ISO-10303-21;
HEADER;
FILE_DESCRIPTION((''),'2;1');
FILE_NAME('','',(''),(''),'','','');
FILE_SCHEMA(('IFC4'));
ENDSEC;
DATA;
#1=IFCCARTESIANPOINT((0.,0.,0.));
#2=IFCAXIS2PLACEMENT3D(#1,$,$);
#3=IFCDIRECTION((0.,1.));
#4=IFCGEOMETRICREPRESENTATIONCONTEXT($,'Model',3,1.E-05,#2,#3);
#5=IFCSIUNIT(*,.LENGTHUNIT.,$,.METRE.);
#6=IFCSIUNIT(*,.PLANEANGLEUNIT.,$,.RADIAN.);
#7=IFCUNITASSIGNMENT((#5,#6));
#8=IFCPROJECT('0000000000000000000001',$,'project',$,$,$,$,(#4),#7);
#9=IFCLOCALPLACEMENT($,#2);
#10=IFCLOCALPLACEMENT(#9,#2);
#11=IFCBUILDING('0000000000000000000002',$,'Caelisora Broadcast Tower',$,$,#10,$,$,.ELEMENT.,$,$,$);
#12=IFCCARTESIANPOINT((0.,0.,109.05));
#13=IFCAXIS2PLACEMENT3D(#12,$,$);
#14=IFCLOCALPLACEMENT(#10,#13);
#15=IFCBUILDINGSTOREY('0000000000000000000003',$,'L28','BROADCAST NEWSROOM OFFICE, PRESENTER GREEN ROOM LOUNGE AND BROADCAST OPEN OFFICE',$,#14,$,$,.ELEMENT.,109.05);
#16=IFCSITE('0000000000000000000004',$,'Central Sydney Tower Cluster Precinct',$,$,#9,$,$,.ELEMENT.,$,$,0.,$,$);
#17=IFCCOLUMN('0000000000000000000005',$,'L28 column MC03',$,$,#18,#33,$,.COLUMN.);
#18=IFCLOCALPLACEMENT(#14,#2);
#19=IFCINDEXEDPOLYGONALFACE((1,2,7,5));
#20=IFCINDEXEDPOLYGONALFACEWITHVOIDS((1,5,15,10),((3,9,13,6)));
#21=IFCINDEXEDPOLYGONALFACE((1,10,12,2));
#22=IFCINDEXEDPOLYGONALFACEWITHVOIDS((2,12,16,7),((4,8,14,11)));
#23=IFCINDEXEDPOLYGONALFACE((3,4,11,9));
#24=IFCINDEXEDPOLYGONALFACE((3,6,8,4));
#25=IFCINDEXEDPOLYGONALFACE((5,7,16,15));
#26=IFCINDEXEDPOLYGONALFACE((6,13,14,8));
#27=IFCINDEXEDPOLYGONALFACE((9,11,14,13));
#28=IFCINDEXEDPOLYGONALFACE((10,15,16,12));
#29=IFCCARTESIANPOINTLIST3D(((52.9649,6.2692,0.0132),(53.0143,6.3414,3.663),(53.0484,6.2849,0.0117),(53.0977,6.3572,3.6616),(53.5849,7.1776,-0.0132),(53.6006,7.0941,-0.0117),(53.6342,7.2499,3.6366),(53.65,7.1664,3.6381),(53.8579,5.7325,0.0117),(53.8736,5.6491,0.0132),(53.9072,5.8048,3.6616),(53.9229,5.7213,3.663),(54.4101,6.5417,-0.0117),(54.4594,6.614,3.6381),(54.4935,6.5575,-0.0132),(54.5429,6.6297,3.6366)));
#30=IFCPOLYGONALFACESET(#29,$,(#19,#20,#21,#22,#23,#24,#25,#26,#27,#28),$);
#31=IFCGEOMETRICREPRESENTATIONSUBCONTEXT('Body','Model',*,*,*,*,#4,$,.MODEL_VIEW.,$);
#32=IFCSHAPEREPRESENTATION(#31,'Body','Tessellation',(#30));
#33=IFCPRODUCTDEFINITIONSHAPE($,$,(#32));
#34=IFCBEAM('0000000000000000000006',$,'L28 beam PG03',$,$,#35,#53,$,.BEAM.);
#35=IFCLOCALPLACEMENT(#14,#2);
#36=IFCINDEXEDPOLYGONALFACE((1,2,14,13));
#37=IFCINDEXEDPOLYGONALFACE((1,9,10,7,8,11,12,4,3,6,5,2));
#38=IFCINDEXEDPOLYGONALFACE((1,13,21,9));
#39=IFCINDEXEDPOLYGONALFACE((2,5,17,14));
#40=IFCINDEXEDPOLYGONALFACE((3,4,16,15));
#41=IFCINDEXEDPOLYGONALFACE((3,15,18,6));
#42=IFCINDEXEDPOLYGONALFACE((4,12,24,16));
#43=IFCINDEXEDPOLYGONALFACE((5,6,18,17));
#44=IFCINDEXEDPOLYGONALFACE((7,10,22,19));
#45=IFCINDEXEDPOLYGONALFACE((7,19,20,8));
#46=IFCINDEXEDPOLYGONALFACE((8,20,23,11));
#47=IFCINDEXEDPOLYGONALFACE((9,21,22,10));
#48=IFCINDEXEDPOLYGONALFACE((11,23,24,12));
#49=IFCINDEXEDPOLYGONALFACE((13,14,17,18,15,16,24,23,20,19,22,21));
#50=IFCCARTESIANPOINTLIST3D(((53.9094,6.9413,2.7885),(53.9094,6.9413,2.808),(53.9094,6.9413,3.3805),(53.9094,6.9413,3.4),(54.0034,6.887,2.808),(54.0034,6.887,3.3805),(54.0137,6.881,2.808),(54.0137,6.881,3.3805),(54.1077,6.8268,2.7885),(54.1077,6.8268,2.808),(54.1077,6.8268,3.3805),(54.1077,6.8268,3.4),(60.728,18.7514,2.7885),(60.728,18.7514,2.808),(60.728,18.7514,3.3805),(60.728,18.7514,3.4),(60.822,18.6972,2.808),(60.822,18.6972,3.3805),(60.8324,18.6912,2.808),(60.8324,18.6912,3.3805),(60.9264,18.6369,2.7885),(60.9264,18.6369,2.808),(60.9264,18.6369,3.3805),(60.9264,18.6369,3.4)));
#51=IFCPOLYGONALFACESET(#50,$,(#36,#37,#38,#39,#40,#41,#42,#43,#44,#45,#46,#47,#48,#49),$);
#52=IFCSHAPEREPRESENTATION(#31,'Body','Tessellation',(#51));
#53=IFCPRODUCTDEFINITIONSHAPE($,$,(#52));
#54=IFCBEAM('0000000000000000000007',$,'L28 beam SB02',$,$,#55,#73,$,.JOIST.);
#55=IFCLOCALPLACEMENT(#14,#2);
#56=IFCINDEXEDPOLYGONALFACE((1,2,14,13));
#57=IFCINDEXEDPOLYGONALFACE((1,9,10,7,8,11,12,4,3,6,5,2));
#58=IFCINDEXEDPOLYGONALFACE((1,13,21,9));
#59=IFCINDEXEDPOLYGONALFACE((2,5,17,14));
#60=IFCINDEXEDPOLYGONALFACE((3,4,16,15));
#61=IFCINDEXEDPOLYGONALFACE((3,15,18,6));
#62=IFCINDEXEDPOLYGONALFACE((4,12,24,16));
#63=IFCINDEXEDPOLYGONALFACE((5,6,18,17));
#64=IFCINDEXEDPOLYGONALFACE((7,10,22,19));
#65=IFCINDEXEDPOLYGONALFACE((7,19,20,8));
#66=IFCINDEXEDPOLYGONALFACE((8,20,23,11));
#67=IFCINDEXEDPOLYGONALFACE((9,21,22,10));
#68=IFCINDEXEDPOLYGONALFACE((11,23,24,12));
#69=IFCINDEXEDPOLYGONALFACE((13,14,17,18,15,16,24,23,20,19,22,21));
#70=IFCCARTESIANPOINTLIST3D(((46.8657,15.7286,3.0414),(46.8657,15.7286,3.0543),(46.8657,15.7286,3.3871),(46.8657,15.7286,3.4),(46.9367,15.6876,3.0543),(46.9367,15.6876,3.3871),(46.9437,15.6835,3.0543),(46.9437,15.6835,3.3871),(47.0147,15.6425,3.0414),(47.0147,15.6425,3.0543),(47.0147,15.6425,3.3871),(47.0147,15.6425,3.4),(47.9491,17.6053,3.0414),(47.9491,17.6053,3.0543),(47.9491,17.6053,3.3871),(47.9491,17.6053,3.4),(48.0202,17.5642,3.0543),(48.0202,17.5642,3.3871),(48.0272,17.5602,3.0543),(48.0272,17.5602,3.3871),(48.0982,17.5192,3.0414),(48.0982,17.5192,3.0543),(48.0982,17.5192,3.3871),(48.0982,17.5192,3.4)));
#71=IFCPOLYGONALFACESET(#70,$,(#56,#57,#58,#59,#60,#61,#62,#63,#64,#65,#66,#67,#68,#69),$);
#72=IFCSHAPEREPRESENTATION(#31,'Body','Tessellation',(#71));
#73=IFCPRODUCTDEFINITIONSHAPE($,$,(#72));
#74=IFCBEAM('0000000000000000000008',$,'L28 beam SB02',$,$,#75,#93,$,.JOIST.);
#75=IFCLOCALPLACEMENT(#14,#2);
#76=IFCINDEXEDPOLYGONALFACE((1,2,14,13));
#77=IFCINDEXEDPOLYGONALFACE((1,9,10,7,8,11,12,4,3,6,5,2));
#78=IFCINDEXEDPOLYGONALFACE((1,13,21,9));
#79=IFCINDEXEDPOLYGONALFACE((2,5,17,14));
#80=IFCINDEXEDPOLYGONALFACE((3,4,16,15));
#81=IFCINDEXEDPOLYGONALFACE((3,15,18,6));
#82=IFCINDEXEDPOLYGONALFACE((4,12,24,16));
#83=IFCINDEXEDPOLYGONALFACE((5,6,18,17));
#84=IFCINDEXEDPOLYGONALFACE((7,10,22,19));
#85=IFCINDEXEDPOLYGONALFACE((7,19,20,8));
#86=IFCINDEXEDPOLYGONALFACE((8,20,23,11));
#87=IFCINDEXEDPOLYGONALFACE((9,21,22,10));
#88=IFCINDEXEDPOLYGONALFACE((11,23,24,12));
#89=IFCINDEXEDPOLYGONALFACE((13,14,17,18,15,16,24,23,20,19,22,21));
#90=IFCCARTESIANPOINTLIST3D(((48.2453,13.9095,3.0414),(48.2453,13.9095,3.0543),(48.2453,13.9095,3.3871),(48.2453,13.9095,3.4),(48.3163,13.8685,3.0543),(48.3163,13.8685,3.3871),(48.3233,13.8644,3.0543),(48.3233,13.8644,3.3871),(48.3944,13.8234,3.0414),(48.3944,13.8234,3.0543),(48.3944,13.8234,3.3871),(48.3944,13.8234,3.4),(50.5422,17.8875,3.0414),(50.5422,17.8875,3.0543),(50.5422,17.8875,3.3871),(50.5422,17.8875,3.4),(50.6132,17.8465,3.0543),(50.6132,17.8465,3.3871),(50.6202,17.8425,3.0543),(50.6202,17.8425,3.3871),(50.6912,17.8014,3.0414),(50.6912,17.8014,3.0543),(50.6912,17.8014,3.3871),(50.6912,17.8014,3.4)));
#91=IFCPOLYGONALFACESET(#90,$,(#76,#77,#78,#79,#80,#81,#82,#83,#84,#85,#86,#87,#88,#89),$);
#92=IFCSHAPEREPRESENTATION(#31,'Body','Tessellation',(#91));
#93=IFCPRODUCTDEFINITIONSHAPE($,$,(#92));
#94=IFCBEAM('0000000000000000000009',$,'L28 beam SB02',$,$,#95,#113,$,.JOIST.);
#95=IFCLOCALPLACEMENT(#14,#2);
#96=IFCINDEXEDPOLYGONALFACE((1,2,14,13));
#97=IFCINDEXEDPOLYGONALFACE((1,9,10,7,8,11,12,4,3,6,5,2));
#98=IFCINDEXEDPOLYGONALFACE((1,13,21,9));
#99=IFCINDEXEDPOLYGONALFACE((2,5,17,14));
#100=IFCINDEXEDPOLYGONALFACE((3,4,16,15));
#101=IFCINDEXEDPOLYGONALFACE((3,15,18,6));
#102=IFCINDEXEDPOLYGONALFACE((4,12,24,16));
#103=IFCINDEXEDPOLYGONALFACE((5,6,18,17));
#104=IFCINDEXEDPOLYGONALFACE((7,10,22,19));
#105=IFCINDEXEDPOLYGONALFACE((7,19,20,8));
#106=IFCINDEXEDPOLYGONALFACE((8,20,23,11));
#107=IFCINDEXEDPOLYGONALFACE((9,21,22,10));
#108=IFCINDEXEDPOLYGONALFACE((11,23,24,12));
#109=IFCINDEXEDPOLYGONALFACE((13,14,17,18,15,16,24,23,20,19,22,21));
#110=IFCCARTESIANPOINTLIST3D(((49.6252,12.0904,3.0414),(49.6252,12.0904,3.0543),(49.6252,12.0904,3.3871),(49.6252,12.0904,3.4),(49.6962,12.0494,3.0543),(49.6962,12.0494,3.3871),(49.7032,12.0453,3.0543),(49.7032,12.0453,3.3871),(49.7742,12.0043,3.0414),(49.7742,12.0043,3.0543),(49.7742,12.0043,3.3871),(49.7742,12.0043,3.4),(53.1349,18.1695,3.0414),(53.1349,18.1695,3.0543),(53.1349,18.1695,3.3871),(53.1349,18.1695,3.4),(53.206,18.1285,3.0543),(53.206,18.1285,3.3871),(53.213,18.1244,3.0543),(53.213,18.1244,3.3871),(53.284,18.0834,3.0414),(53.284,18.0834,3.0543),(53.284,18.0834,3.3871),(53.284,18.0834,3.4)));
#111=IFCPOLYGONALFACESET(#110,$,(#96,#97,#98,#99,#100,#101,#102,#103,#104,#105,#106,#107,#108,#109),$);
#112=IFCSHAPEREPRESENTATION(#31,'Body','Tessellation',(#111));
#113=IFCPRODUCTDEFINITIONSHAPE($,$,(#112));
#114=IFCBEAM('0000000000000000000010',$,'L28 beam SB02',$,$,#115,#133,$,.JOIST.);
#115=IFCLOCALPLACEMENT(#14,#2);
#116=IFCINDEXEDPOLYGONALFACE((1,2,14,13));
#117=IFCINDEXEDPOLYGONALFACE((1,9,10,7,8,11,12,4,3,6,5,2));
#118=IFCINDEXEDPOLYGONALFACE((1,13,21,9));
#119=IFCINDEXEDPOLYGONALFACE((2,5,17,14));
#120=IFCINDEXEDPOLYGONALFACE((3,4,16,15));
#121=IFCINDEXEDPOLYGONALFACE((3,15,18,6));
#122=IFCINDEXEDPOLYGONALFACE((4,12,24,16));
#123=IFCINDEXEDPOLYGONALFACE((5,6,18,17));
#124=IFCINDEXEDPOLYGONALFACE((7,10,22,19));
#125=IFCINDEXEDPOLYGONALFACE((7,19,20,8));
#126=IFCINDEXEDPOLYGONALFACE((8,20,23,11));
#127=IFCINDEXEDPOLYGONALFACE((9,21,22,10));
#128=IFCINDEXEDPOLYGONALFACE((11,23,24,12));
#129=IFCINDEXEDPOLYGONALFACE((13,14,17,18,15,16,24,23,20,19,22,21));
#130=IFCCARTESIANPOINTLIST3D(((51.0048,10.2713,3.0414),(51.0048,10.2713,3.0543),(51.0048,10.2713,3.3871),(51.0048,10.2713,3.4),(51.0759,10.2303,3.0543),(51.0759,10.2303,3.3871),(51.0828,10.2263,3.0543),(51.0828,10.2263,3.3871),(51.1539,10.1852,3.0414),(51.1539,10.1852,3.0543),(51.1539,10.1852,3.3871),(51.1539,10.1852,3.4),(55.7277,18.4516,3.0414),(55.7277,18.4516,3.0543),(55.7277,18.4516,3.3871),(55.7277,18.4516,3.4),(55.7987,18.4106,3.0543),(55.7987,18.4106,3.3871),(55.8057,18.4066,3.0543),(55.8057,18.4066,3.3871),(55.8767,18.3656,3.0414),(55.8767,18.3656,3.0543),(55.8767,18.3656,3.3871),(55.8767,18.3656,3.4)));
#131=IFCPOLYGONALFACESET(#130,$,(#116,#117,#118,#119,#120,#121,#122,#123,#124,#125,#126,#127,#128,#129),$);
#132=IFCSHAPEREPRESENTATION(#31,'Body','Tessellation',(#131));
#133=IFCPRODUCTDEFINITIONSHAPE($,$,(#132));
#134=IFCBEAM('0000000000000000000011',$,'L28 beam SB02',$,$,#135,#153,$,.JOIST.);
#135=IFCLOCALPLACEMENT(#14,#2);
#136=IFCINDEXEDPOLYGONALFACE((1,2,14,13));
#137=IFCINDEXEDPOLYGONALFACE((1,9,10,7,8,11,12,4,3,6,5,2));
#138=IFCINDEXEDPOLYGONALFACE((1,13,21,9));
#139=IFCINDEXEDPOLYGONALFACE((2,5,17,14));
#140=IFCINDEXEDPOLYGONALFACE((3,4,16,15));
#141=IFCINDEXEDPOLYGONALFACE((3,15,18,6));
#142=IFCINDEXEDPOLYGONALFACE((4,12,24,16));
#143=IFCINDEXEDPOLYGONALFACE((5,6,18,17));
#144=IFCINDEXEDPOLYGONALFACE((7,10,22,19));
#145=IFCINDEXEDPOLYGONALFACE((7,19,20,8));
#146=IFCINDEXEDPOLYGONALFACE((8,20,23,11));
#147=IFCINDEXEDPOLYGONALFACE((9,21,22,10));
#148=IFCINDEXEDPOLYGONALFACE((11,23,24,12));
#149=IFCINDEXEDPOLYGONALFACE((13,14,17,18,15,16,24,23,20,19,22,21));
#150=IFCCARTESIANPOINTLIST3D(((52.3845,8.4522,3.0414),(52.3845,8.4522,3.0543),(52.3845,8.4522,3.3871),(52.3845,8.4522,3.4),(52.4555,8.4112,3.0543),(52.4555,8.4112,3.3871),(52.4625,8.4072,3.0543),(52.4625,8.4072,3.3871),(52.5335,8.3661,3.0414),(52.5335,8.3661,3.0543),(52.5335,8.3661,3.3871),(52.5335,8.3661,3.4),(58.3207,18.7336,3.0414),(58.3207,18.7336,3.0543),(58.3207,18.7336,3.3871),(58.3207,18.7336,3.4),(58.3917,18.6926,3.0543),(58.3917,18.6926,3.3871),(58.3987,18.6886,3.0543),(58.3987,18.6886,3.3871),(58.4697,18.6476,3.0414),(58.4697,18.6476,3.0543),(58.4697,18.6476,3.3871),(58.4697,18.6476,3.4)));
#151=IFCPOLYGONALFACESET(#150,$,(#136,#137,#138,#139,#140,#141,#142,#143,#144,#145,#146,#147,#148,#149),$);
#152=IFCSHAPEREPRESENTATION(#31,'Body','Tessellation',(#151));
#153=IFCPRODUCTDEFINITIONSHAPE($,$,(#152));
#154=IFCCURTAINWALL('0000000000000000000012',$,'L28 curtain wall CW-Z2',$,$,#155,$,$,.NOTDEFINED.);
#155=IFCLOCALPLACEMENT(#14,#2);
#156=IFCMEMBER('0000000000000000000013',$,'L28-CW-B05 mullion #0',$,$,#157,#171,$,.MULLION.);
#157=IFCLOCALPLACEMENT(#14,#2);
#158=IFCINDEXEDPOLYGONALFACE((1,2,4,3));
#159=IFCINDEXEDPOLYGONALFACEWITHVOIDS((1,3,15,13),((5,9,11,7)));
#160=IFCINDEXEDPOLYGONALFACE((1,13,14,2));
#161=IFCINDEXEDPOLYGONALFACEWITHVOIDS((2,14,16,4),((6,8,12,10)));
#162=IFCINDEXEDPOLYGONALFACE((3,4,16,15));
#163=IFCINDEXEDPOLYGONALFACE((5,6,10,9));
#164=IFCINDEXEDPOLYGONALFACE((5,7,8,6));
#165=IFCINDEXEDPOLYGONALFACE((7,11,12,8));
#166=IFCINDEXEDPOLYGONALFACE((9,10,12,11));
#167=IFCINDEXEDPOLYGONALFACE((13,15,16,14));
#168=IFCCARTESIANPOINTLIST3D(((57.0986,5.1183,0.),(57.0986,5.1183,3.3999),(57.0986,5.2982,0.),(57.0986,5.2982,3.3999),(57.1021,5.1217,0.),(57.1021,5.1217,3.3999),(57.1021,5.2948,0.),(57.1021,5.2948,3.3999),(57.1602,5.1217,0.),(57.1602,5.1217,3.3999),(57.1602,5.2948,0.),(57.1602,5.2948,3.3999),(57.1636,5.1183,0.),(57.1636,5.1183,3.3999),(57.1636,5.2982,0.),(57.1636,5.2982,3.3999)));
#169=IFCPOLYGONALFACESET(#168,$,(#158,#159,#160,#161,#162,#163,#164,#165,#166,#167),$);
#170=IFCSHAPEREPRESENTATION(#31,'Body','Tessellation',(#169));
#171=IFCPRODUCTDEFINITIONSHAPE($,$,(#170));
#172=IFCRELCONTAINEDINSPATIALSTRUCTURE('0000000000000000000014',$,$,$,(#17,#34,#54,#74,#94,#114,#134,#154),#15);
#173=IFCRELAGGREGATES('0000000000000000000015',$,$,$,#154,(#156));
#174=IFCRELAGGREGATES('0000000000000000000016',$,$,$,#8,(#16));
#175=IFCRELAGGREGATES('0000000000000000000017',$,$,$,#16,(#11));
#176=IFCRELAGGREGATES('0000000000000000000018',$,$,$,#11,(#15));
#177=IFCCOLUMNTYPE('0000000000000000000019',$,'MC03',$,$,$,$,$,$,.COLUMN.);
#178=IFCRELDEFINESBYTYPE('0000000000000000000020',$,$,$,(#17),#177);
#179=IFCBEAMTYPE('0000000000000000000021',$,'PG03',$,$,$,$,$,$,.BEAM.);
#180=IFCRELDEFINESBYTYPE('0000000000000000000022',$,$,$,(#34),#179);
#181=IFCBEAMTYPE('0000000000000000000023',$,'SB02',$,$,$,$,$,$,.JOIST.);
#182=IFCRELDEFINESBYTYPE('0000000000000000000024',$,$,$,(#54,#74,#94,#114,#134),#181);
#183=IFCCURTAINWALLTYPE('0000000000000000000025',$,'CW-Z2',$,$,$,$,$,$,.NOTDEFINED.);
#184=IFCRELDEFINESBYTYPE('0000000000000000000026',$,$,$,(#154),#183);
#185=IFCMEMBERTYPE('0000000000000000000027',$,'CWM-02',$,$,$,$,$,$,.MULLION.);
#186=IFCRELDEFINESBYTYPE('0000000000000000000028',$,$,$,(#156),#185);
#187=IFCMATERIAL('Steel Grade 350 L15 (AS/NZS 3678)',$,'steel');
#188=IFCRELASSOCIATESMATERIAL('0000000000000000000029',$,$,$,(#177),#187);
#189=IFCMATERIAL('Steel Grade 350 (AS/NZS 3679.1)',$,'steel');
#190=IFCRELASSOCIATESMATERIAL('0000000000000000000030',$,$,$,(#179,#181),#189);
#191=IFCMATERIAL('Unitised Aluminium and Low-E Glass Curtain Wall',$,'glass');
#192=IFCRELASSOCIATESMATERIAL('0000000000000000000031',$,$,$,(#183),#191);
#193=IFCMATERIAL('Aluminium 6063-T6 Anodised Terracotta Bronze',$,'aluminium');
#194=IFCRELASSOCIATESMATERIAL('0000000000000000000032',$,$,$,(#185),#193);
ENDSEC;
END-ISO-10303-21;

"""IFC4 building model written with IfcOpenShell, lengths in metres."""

from ifc_helpers import new_model, si_unit, direction, frame, origin, origin_2d, place, context, subcontext, project, spatial, hollow_rectangle, i_section, extrude, source, transform, mapped, material, material_profile, profile_set, type_object, type_shapes, element, aggregate, save


model = new_model("IFC4")

# Units and contexts
model_context = context("Model", 3, precision=1e-05, world=origin(), true_north=direction((0.0, 1.0)))
body_context = subcontext(model_context, "Body", "Model", "MODEL_VIEW")
ifc_project = project(units=[si_unit("LENGTHUNIT", "METRE"), si_unit("PLANEANGLEUNIT", "RADIAN")], contexts=[model_context])

# Site, building, storey
site_placement = place(None, origin())
site = spatial("IfcSite", under=ifc_project, at=site_placement, Name="Central Sydney Tower Cluster Precinct", CompositionType="ELEMENT", RefElevation=0.0)
building_placement = place(site_placement, origin())
building = spatial("IfcBuilding", under=site, at=building_placement, Name="Caelisora Broadcast Tower", CompositionType="ELEMENT")
storey_placement = place(building_placement, frame((0.0, 0.0, 109.05)))
storey = spatial("IfcBuildingStorey", under=building, at=storey_placement, Name="L28", Description="BROADCAST NEWSROOM OFFICE, PRESENTER GREEN ROOM LOUNGE AND BROADCAST OPEN OFFICE", CompositionType="ELEMENT", Elevation=109.05)

# Column
ifc_material_1 = material(Name="Steel Grade 350 L15 (AS/NZS 3678)", Category="steel")
ifc_material_profile_1 = material_profile(ifc_material_1, hollow_rectangle(XDim=1.1001, YDim=1.1001, WallThickness=0.0601, at=origin_2d()), Name="Steel Grade 350 L15 (AS/NZS 3678)")
ifc_profile_set_1 = profile_set([ifc_material_profile_1], Name="Steel Grade 350 L15 (AS/NZS 3678)")
column_type = type_object("IfcColumnType", Name="MC03", PredefinedType="COLUMN", material=ifc_profile_set_1)
shared_shape_1 = source(origin(), body_context, "Body", "SweptSolid", [
    extrude(hollow_rectangle(XDim=1.1001, YDim=1.1001, WallThickness=0.0601, at=origin_2d()), origin(), (0.0, 0.0, 1.0), 3.6509),
])
type_shapes(column_type, [shared_shape_1])
column_placement = place(storey_placement, frame((53.7292, 6.4133, 0.0), z_axis=(0.013508, 0.019794, 0.999713), x_axis=(-0.825991, 0.563683, 0.0)))
element("IfcColumn", 1, at=column_placement, inside=storey, type_object=column_type, Name="L28 column MC03", PredefinedType="COLUMN", context=body_context, shape_type="MappedRepresentation", body=[
    mapped(shared_shape_1, transform((0.0, 0.0, 0.0), scale=1.0)),
])

# Beams
ifc_material_2 = material(Name="Steel Grade 350 (AS/NZS 3679.1)", Category="steel")
ifc_material_profile_2 = material_profile(ifc_material_2, i_section(OverallWidth=0.229, OverallDepth=0.6116, WebThickness=0.012, FlangeThickness=0.0195, at=origin_2d()), Name="Steel Grade 350 (AS/NZS 3679.1)")
ifc_profile_set_2 = profile_set([ifc_material_profile_2], Name="Steel Grade 350 (AS/NZS 3679.1)")
beam_type_1 = type_object("IfcBeamType", Name="PG03", PredefinedType="BEAM", material=ifc_profile_set_2)
shared_shape_2 = source(origin(), body_context, "Body", "SweptSolid", [
    extrude(i_section(OverallWidth=0.229, OverallDepth=0.6116, WebThickness=0.012, FlangeThickness=0.0195, at=origin_2d()), origin(), (0.0, 0.0, 1.0), 13.6372),
])
type_shapes(beam_type_1, [shared_shape_2])
beam_1_placement = place(storey_placement, frame((54.0085, 6.884, 3.0942), z_axis=(0.500003, 0.866023, 0.0), x_axis=(-0.866023, 0.500003, 0.0)))
element("IfcBeam", 2, at=beam_1_placement, inside=storey, type_object=beam_type_1, Name="L28 beam PG03", PredefinedType="BEAM", context=body_context, shape_type="MappedRepresentation", body=[
    mapped(shared_shape_2, transform((0.0, 0.0, 0.0), scale=1.0)),
])
ifc_material_profile_3 = material_profile(ifc_material_2, i_section(OverallWidth=0.1721, OverallDepth=0.3586, WebThickness=0.0081, FlangeThickness=0.0129, at=origin_2d()), Name="Steel Grade 350 (AS/NZS 3679.1)")
ifc_profile_set_3 = profile_set([ifc_material_profile_3], Name="Steel Grade 350 (AS/NZS 3679.1)")
beam_type_2 = type_object("IfcBeamType", Name="SB02", PredefinedType="JOIST", material=ifc_profile_set_3)
shared_shape_3 = source(origin(), body_context, "Body", "SweptSolid", [
    extrude(i_section(OverallWidth=0.1721, OverallDepth=0.3586, WebThickness=0.0081, FlangeThickness=0.0129, at=origin_2d()), origin(), (0.0, 0.0, 1.0), 2.167),
])
beam_2_placement = place(storey_placement, frame((46.9402, 15.6855, 3.2207), z_axis=(0.499992, 0.86603, 0.0), x_axis=(-0.86603, 0.499992, 0.0)))
element("IfcBeam", 3, at=beam_2_placement, inside=storey, type_object=beam_type_2, Name="L28 beam SB02", PredefinedType="JOIST", context=body_context, shape_type="MappedRepresentation", body=[
    mapped(shared_shape_3, transform((0.0, 0.0, 0.0), scale=1.0)),
])
shared_shape_4 = source(origin(), body_context, "Body", "SweptSolid", [
    extrude(i_section(OverallWidth=0.1721, OverallDepth=0.3586, WebThickness=0.0081, FlangeThickness=0.0129, at=origin_2d()), origin(), (0.0, 0.0, 1.0), 4.5935),
])
beam_3_placement = place(storey_placement, frame((48.3198, 13.8665, 3.2207), z_axis=(0.500026, 0.86601, 0.0), x_axis=(-0.86601, 0.500026, 0.0)))
element("IfcBeam", 4, at=beam_3_placement, inside=storey, type_object=beam_type_2, Name="L28 beam SB02", PredefinedType="JOIST", context=body_context, shape_type="MappedRepresentation", body=[
    mapped(shared_shape_4, transform((0.0, 0.0, 0.0), scale=1.0)),
])
shared_shape_5 = source(origin(), body_context, "Body", "SweptSolid", [
    extrude(i_section(OverallWidth=0.1721, OverallDepth=0.3586, WebThickness=0.0081, FlangeThickness=0.0129, at=origin_2d()), origin(), (0.0, 0.0, 1.0), 7.0195),
])
beam_4_placement = place(storey_placement, frame((49.6997, 12.0474, 3.2207), z_axis=(0.499999, 0.866026, 0.0), x_axis=(-0.866026, 0.499999, 0.0)))
element("IfcBeam", 5, at=beam_4_placement, inside=storey, type_object=beam_type_2, Name="L28 beam SB02", PredefinedType="JOIST", context=body_context, shape_type="MappedRepresentation", body=[
    mapped(shared_shape_5, transform((0.0, 0.0, 0.0), scale=1.0)),
])
shared_shape_6 = source(origin(), body_context, "Body", "SweptSolid", [
    extrude(i_section(OverallWidth=0.1721, OverallDepth=0.3586, WebThickness=0.0081, FlangeThickness=0.0129, at=origin_2d()), origin(), (0.0, 0.0, 1.0), 9.4458),
])
beam_5_placement = place(storey_placement, frame((51.0793, 10.2283, 3.2207), z_axis=(0.499995, 0.866028, 0.0), x_axis=(-0.866028, 0.499995, 0.0)))
element("IfcBeam", 6, at=beam_5_placement, inside=storey, type_object=beam_type_2, Name="L28 beam SB02", PredefinedType="JOIST", context=body_context, shape_type="MappedRepresentation", body=[
    mapped(shared_shape_6, transform((0.0, 0.0, 0.0), scale=1.0)),
])
shared_shape_7 = source(origin(), body_context, "Body", "SweptSolid", [
    extrude(i_section(OverallWidth=0.1721, OverallDepth=0.3586, WebThickness=0.0081, FlangeThickness=0.0129, at=origin_2d()), origin(), (0.0, 0.0, 1.0), 11.8721),
])
type_shapes(beam_type_2, [shared_shape_3, shared_shape_4, shared_shape_5, shared_shape_6, shared_shape_7])
beam_6_placement = place(storey_placement, frame((52.459, 8.4092, 3.2207), z_axis=(0.500016, 0.866016, 0.0), x_axis=(-0.866016, 0.500016, 0.0)))
element("IfcBeam", 7, at=beam_6_placement, inside=storey, type_object=beam_type_2, Name="L28 beam SB02", PredefinedType="JOIST", context=body_context, shape_type="MappedRepresentation", body=[
    mapped(shared_shape_7, transform((0.0, 0.0, 0.0), scale=1.0)),
])

# Curtain wall, member
ifc_material_3 = material(Name="Unitised Aluminium and Low-E Glass Curtain Wall", Category="glass")
curtain_wall_type = type_object("IfcCurtainWallType", Name="CW-Z2", PredefinedType="NOTDEFINED", material=ifc_material_3)
curtain_wall_placement = place(storey_placement, origin())
curtain_wall = element("IfcCurtainWall", 8, at=curtain_wall_placement, inside=storey, type_object=curtain_wall_type, Name="L28 curtain wall CW-Z2", PredefinedType="NOTDEFINED")
ifc_material_4 = material(Name="Aluminium 6063-T6 Anodised Terracotta Bronze", Category="aluminium")
ifc_material_profile_4 = material_profile(ifc_material_4, hollow_rectangle(XDim=0.0649, YDim=0.1799, WallThickness=0.0034, at=origin_2d()), Name="Aluminium 6063-T6 Anodised Terracotta Bronze")
ifc_profile_set_4 = profile_set([ifc_material_profile_4], Name="Aluminium 6063-T6 Anodised Terracotta Bronze")
member_type_1 = type_object("IfcMemberType", Name="CWM-02", PredefinedType="MULLION", material=ifc_profile_set_4)
shared_shape_8 = source(origin(), body_context, "Body", "SweptSolid", [
    extrude(hollow_rectangle(XDim=0.0649, YDim=0.1799, WallThickness=0.0034, at=origin_2d()), origin(), (0.0, 0.0, 1.0), 3.3999),
])
type_shapes(member_type_1, [shared_shape_8])
member_1_placement = place(storey_placement, frame((57.1311, 5.2083, 0.0), z_axis=(0.0, 0.0, 1.0), x_axis=(1.0, 0.0, 0.0)))
member_1 = element("IfcMember", 9, at=member_1_placement, type_object=member_type_1, Name="L28-CW-B05 mullion #0", PredefinedType="MULLION", context=body_context, shape_type="MappedRepresentation", body=[
    mapped(shared_shape_8, transform((0.0, 0.0, 0.0), scale=1.0)),
])
aggregate(curtain_wall, [member_1])

save(model, "model.ifc")
